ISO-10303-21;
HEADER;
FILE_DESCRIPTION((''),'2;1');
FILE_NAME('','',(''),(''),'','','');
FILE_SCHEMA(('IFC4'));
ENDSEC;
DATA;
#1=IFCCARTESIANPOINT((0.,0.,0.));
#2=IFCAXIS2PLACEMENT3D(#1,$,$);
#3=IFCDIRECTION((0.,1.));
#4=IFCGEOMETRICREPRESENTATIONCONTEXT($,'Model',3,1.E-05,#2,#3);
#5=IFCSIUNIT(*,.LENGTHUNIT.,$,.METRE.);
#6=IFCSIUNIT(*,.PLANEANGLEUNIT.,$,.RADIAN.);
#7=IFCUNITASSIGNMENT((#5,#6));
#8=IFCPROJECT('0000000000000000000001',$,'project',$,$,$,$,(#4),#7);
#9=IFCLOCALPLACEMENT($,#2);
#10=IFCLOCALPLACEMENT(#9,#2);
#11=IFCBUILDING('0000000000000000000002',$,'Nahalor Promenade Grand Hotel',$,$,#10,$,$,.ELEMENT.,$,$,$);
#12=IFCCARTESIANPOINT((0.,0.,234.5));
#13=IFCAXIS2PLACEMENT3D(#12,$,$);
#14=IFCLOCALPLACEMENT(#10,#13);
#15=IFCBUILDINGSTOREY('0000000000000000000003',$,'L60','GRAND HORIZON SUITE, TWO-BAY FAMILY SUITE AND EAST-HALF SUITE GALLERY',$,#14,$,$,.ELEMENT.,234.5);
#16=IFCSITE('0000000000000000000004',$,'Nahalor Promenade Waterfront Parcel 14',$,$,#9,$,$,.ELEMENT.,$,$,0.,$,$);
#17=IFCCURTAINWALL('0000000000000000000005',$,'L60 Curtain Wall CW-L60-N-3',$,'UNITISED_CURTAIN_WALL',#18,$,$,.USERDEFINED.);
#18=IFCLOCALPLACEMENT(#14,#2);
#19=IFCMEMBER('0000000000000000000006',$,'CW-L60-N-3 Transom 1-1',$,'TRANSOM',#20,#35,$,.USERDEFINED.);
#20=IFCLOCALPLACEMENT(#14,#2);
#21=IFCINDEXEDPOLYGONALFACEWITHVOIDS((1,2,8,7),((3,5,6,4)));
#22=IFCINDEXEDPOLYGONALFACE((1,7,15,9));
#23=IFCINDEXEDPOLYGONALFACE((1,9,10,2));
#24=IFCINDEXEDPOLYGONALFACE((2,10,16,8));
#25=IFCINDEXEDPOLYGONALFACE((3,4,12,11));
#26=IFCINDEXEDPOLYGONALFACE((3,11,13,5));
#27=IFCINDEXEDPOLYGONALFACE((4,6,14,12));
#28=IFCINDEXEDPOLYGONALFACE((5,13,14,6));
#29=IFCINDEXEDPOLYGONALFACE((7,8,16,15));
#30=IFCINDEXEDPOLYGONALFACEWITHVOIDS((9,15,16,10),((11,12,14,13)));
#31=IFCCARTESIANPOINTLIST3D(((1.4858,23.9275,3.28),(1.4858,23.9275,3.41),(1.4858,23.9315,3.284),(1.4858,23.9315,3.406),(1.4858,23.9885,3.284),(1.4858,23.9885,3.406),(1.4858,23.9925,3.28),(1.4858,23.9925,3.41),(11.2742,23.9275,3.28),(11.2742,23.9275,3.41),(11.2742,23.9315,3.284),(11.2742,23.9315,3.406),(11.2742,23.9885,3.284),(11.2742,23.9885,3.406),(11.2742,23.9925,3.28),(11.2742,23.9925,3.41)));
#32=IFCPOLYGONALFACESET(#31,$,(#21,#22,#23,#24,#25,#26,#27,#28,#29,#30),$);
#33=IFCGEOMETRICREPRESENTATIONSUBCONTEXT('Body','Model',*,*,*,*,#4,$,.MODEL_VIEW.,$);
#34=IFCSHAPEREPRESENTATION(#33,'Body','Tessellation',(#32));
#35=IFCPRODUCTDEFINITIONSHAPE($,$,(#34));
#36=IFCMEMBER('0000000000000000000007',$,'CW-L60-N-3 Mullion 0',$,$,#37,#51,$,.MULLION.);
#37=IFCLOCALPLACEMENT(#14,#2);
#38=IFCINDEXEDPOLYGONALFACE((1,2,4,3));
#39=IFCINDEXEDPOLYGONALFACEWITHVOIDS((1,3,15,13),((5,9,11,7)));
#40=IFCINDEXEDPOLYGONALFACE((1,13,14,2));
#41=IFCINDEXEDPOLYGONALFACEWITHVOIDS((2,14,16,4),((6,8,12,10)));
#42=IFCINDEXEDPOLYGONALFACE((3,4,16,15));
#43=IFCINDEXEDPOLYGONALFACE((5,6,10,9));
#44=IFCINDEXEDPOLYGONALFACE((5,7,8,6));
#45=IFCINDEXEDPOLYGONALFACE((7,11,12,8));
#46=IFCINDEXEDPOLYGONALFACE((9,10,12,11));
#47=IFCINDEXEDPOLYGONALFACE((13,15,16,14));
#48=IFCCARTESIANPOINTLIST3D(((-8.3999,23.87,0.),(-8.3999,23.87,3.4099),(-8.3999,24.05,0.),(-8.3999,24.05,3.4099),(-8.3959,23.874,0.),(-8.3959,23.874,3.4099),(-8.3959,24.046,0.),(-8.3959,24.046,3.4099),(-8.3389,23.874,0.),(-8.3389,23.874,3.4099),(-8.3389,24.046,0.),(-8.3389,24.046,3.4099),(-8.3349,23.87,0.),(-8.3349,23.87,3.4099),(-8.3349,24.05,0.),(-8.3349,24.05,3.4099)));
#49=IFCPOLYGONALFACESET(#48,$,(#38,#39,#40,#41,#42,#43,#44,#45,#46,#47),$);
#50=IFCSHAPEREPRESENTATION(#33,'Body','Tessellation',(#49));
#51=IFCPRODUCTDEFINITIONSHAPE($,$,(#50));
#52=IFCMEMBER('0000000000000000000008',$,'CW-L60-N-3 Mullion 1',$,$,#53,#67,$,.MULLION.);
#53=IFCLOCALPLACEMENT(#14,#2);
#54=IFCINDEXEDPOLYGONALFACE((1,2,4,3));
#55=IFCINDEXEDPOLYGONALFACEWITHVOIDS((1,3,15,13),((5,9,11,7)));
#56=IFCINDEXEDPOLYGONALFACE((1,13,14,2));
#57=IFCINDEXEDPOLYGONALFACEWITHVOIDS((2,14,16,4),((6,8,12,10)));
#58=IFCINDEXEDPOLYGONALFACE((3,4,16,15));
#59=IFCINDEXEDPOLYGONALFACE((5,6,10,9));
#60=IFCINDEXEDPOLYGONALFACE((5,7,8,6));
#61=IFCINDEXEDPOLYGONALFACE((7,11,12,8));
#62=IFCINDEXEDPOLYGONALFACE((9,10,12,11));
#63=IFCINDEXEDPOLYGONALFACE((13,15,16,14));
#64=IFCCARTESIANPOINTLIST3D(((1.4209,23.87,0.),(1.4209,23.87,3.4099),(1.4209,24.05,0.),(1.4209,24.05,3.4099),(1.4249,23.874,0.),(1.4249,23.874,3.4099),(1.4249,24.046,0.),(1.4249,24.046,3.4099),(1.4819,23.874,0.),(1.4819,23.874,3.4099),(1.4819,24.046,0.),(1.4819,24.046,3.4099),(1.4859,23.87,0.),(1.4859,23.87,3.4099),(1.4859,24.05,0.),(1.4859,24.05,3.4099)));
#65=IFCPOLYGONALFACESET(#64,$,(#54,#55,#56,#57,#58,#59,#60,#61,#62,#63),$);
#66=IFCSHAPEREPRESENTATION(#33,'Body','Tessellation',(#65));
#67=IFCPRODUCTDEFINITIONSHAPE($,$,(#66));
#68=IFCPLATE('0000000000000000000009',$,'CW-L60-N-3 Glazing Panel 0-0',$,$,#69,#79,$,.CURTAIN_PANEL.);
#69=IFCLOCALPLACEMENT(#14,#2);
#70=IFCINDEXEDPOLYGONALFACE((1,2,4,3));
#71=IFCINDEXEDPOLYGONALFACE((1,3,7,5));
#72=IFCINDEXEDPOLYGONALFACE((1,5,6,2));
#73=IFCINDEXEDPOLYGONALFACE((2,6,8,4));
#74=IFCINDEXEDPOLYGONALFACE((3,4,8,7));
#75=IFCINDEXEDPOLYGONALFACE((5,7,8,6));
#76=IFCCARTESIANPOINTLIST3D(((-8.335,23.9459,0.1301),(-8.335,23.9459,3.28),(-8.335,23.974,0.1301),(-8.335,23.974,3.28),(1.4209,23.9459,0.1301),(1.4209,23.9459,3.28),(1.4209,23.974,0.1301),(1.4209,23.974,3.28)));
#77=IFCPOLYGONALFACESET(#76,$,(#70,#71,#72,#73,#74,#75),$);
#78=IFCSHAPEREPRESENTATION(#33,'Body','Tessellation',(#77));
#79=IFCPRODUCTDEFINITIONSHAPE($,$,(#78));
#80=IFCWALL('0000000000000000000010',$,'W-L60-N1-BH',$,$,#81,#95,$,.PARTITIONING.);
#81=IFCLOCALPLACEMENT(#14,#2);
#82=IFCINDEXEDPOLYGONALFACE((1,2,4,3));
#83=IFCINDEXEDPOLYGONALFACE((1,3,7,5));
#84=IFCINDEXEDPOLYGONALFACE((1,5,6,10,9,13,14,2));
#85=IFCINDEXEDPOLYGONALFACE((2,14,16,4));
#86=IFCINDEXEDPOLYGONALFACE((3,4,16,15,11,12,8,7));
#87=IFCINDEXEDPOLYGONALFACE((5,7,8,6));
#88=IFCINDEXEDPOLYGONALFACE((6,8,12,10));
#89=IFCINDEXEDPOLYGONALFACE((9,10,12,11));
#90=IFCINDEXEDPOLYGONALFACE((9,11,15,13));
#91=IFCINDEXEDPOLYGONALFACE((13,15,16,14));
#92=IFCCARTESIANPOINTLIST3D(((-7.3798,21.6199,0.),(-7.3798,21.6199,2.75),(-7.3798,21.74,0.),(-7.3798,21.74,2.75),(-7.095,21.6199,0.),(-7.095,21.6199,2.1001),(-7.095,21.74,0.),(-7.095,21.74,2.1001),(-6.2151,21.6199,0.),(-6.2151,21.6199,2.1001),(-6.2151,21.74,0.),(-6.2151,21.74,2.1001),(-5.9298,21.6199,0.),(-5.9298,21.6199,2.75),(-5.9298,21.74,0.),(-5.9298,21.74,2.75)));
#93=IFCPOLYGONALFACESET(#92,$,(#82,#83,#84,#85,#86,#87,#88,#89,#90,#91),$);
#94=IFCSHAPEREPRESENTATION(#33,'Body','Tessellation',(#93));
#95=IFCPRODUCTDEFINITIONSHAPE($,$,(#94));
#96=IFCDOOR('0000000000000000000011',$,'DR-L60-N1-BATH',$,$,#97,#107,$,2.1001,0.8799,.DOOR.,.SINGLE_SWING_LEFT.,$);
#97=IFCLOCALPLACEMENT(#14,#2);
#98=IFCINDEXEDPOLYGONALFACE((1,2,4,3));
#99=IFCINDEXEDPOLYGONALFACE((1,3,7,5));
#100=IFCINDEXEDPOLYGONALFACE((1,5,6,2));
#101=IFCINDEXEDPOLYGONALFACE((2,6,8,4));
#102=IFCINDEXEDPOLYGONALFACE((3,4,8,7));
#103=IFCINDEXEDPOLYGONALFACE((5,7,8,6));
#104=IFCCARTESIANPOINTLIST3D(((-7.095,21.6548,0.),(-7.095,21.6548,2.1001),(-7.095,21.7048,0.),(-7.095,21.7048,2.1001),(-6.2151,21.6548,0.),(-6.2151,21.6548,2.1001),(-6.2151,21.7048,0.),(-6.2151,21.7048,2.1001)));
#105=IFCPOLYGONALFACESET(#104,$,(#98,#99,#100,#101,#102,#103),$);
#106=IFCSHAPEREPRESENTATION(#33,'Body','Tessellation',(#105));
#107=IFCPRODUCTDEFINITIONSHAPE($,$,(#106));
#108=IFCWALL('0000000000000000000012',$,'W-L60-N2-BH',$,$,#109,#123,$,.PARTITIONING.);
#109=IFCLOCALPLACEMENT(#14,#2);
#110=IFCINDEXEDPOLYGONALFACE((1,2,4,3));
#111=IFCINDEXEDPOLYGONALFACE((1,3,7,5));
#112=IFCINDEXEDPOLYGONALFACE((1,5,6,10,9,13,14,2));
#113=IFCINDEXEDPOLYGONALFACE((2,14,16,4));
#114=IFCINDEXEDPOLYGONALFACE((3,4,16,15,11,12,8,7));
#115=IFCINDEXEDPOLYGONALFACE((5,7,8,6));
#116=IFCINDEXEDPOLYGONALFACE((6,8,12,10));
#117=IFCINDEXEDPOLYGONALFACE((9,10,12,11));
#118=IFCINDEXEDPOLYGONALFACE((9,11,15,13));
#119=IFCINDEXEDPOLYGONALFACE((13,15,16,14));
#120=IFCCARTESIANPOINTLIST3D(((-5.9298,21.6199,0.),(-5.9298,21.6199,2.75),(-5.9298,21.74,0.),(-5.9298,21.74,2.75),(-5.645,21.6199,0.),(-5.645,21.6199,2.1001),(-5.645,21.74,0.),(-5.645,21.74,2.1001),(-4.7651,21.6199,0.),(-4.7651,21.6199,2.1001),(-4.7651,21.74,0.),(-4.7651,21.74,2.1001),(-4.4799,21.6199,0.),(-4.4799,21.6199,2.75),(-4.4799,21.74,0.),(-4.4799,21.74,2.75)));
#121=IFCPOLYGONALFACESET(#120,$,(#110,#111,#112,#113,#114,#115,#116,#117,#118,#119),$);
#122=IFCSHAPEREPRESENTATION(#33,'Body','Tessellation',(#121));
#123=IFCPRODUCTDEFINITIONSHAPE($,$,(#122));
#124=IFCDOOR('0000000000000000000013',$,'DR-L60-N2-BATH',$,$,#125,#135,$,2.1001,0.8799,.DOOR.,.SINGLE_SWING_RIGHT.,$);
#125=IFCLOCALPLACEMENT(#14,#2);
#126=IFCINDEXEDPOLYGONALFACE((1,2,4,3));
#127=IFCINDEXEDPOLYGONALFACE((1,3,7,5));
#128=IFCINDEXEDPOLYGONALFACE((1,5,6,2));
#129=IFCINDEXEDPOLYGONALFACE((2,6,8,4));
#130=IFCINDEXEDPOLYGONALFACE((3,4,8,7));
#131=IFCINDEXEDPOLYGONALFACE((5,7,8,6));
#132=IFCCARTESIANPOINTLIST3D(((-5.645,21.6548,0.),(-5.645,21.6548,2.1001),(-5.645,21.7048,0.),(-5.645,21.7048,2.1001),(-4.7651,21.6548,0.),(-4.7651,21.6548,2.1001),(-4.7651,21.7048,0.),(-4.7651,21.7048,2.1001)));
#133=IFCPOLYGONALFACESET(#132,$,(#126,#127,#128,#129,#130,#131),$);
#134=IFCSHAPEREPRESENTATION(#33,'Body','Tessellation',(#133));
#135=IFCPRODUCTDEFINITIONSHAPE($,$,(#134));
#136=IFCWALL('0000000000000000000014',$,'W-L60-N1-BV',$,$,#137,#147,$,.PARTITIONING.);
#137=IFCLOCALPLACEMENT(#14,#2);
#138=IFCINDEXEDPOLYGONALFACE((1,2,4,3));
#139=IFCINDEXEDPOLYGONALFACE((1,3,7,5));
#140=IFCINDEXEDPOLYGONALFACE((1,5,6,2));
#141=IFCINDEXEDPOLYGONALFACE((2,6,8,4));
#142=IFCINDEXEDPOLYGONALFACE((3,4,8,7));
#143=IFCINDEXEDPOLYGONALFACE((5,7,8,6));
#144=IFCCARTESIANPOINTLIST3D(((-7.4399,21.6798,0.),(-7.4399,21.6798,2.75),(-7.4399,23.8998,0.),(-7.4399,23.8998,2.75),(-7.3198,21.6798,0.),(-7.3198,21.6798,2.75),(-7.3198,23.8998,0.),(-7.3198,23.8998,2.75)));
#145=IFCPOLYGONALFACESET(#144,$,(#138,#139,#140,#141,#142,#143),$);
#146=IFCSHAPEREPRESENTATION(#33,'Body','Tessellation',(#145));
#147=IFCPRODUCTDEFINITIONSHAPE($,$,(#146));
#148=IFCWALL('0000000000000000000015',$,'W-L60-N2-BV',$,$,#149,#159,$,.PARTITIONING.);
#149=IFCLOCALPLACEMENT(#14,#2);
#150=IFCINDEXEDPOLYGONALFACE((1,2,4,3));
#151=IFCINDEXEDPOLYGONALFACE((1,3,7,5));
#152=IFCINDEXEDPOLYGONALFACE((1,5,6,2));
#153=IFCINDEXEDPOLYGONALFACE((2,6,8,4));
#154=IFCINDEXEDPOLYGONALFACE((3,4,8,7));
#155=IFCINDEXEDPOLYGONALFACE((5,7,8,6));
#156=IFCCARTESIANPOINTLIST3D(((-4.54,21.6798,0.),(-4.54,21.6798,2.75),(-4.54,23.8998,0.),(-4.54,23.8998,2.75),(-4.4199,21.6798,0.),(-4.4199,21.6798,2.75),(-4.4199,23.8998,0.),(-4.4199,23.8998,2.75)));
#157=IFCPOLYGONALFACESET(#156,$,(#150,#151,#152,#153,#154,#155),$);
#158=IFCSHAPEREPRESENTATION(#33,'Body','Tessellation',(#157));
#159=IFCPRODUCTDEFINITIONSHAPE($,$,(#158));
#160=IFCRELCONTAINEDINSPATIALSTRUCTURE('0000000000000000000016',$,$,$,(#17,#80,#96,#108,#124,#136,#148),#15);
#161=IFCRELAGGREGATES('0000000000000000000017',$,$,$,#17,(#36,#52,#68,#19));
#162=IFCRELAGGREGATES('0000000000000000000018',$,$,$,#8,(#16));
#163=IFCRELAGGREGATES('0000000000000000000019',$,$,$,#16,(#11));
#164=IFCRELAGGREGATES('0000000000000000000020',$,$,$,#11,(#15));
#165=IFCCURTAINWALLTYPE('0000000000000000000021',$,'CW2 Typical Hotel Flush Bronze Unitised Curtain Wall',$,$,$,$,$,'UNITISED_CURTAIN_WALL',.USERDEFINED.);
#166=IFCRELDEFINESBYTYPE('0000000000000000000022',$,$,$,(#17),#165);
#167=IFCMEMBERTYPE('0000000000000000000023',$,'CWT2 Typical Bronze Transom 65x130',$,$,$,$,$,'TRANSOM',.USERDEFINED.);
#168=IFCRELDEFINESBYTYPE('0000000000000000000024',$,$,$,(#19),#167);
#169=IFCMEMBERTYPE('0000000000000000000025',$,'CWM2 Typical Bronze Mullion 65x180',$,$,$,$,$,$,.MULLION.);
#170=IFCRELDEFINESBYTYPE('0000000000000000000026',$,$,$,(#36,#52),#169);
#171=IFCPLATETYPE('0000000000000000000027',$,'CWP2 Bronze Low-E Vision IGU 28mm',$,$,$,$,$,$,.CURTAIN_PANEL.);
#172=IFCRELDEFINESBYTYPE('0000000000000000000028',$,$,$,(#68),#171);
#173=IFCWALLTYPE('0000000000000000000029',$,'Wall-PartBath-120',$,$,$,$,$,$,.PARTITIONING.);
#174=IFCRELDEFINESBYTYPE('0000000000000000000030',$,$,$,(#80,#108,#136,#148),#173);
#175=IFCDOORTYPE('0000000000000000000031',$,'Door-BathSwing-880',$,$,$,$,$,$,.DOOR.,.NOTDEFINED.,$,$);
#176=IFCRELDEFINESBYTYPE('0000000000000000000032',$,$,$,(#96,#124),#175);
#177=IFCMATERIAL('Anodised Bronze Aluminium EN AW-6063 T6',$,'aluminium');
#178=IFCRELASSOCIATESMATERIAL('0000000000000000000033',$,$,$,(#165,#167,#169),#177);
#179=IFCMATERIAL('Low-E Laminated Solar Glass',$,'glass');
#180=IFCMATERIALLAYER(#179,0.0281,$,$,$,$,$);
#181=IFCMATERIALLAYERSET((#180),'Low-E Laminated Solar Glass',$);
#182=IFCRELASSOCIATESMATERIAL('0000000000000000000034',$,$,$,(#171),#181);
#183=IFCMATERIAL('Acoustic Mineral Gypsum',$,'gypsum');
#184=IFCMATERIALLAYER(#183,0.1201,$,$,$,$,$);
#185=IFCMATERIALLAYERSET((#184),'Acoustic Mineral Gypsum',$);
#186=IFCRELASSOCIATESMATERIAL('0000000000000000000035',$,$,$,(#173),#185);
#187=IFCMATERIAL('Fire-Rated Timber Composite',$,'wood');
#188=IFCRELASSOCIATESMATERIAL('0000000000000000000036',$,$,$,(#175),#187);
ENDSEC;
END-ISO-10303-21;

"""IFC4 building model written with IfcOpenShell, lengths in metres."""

from ifc_helpers import new_model, si_unit, direction, frame, frame_2d, origin, origin_2d, place, context, subcontext, project, spatial, rectangle, hollow_rectangle, extrude, source, transform, mapped, material, layer, layer_set, material_profile, profile_set, type_object, element, fill, aggregate, save


model = new_model("IFC4")

# Units and contexts
model_context = context("Model", 3, precision=1e-05, world=origin(), true_north=direction((0.0, 1.0)))
body_context = subcontext(model_context, "Body", "Model", "MODEL_VIEW")
ifc_project = project(units=[si_unit("LENGTHUNIT", "METRE"), si_unit("PLANEANGLEUNIT", "RADIAN")], contexts=[model_context])

# Site, building, storey
site_placement = place(None, origin())
site = spatial("IfcSite", under=ifc_project, at=site_placement, Name="Nahalor Promenade Waterfront Parcel 14", CompositionType="ELEMENT", RefElevation=0.0)
building_placement = place(site_placement, origin())
building = spatial("IfcBuilding", under=site, at=building_placement, Name="Nahalor Promenade Grand Hotel", CompositionType="ELEMENT")
storey_placement = place(building_placement, frame((0.0, 0.0, 234.5)))
storey = spatial("IfcBuildingStorey", under=building, at=storey_placement, Name="L60", Description="GRAND HORIZON SUITE, TWO-BAY FAMILY SUITE AND EAST-HALF SUITE GALLERY", CompositionType="ELEMENT", Elevation=234.5)

# Curtain wall, members, plate
ifc_material_1 = material(Name="Anodised Bronze Aluminium EN AW-6063 T6", Category="aluminium")
curtain_wall_type = type_object("IfcCurtainWallType", Name="CW2 Typical Hotel Flush Bronze Unitised Curtain Wall", ElementType="UNITISED_CURTAIN_WALL", PredefinedType="USERDEFINED", material=ifc_material_1)
curtain_wall_placement = place(storey_placement, origin())
curtain_wall = element("IfcCurtainWall", 1, at=curtain_wall_placement, inside=storey, type_object=curtain_wall_type, Name="L60 Curtain Wall CW-L60-N-3", ObjectType="UNITISED_CURTAIN_WALL", PredefinedType="USERDEFINED")
ifc_material_profile_1 = material_profile(ifc_material_1, hollow_rectangle(XDim=0.065, YDim=0.13, WallThickness=0.004, at=origin_2d()), Name="CWT 65x130x4")
ifc_profile_set_1 = profile_set([ifc_material_profile_1], Name="Anodised Bronze Aluminium EN AW-6063 T6")
member_type_1 = type_object("IfcMemberType", Name="CWT2 Typical Bronze Transom 65x130", ElementType="TRANSOM", PredefinedType="USERDEFINED", material=ifc_profile_set_1)
shared_shape_1 = source(origin(), body_context, "Body", "SweptSolid", [
    extrude(hollow_rectangle(XDim=0.065, YDim=0.13, WallThickness=0.004, at=origin_2d()), origin(), (0.0, 0.0, 1.0), 9.7883),
])
member_1_placement = place(storey_placement, frame((1.4858, 23.96, 3.345), z_axis=(1.0, 0.0, 0.0), x_axis=(0.0, 1.0, 0.0)))
member_1 = element("IfcMember", 2, at=member_1_placement, type_object=member_type_1, Name="CW-L60-N-3 Transom 1-1", ObjectType="TRANSOM", PredefinedType="USERDEFINED", context=body_context, shape_type="MappedRepresentation", body=[
    mapped(shared_shape_1, transform((0.0, 0.0, 0.0), scale=1.0)),
])
ifc_material_profile_2 = material_profile(ifc_material_1, hollow_rectangle(XDim=0.065, YDim=0.18, WallThickness=0.004, at=origin_2d()), Name="CWM 65x180x4")
ifc_profile_set_2 = profile_set([ifc_material_profile_2], Name="Anodised Bronze Aluminium EN AW-6063 T6")
member_type_2 = type_object("IfcMemberType", Name="CWM2 Typical Bronze Mullion 65x180", PredefinedType="MULLION", material=ifc_profile_set_2)
shared_shape_2 = source(origin(), body_context, "Body", "SweptSolid", [
    extrude(hollow_rectangle(XDim=0.065, YDim=0.18, WallThickness=0.004, at=origin_2d()), origin(), (0.0, 0.0, 1.0), 3.4099),
])
member_2_placement = place(storey_placement, frame((-8.3674, 23.96, 0.0), z_axis=(0.0, 0.0, 1.0), x_axis=(1.0, 0.0, 0.0)))
member_2 = element("IfcMember", 3, at=member_2_placement, type_object=member_type_2, Name="CW-L60-N-3 Mullion 0", PredefinedType="MULLION", context=body_context, shape_type="MappedRepresentation", body=[
    mapped(shared_shape_2, transform((0.0, 0.0, 0.0), scale=1.0)),
])
member_3_placement = place(storey_placement, frame((1.4534, 23.96, 0.0), z_axis=(0.0, 0.0, 1.0), x_axis=(1.0, 0.0, 0.0)))
member_3 = element("IfcMember", 4, at=member_3_placement, type_object=member_type_2, Name="CW-L60-N-3 Mullion 1", PredefinedType="MULLION", context=body_context, shape_type="MappedRepresentation", body=[
    mapped(shared_shape_2, transform((0.0, 0.0, 0.0), scale=1.0)),
])
ifc_material_2 = material(Name="Low-E Laminated Solar Glass", Category="glass")
ifc_layer_1 = layer(ifc_material_2, 0.0281)
ifc_layer_set_1 = layer_set([ifc_layer_1], Name="Low-E Laminated Solar Glass")
plate_type = type_object("IfcPlateType", Name="CWP2 Bronze Low-E Vision IGU 28mm", PredefinedType="CURTAIN_PANEL", material=ifc_layer_set_1)
shared_shape_3 = source(origin(), body_context, "Body", "SweptSolid", [
    extrude(rectangle(XDim=9.7559, YDim=0.0281, at=origin_2d()), origin(), (0.0, 0.0, 1.0), 3.1499),
])
plate_placement = place(storey_placement, frame((-3.457, 23.96, 0.1301), z_axis=(0.0, 0.0, 1.0), x_axis=(1.0, 0.0, 0.0)))
plate = element("IfcPlate", 5, at=plate_placement, type_object=plate_type, Name="CW-L60-N-3 Glazing Panel 0-0", PredefinedType="CURTAIN_PANEL", context=body_context, shape_type="MappedRepresentation", body=[
    mapped(shared_shape_3, transform((0.0, 0.0, 0.0), scale=1.0)),
])
aggregate(curtain_wall, [member_2, member_3, plate, member_1])

# Walls, openings, doors
ifc_material_3 = material(Name="Acoustic Mineral Gypsum", Category="gypsum")
ifc_layer_2 = layer(ifc_material_3, 0.1201)
ifc_layer_set_2 = layer_set([ifc_layer_2], Name="Acoustic Mineral Gypsum")
wall_type = type_object("IfcWallType", Name="Wall-PartBath-120", PredefinedType="PARTITIONING", material=ifc_layer_set_2)
shared_shape_4 = source(origin(), body_context, "Body", "SweptSolid", [
    extrude(rectangle(XDim=1.45, YDim=0.1201, at=frame_2d((0.7251, 0.0))), origin(), (0.0, 0.0, 1.0), 2.75),
])
wall_1_placement = place(storey_placement, frame((-7.3799, 21.6799, 0.0), z_axis=(0.0, 0.0, 1.0), x_axis=(1.0, 0.0, 0.0)))
wall_1 = element("IfcWall", 6, at=wall_1_placement, inside=storey, type_object=wall_type, Name="W-L60-N1-BH", PredefinedType="PARTITIONING", context=body_context, shape_type="MappedRepresentation", body=[
    mapped(shared_shape_4, transform((0.0, 0.0, 0.0), scale=1.0)),
])
opening_1_placement = place(wall_1_placement, frame((0.2849, 0.0, 0.0)))
opening_1 = element("IfcOpeningElement", 7, at=opening_1_placement, cuts=wall_1, PredefinedType="OPENING", context=body_context, shape_type="SweptSolid", body=[
    extrude(rectangle(XDim=0.8799, YDim=2.1001, at=frame_2d((0.4399, 1.05))), frame((0.0, 0.0701, 0.0), z_axis=(0.0, -1.0, 0.0), x_axis=(1.0, 0.0, 0.0)), (0.0, 0.0, 1.0), 0.1401),
])
ifc_material_4 = material(Name="Fire-Rated Timber Composite", Category="wood")
door_type = type_object("IfcDoorType", Name="Door-BathSwing-880", OperationType="NOTDEFINED", PredefinedType="DOOR", material=ifc_material_4)
shared_shape_5 = source(origin(), body_context, "Body", "SweptSolid", [
    extrude(rectangle(XDim=0.8799, YDim=2.1001, at=frame_2d((0.4399, 1.05))), frame((0.0, 0.0249, 0.0), z_axis=(0.0, -1.0, 0.0), x_axis=(1.0, 0.0, 0.0)), (0.0, 0.0, 1.0), 0.05),
])
door_1_placement = place(opening_1_placement, origin())
door_1 = element("IfcDoor", 8, at=door_1_placement, inside=storey, type_object=door_type, Name="DR-L60-N1-BATH", OperationType="SINGLE_SWING_LEFT", OverallHeight=2.1001, OverallWidth=0.8799, PredefinedType="DOOR", context=body_context, shape_type="MappedRepresentation", body=[
    mapped(shared_shape_5, transform((0.0, 0.0, 0.0), scale=1.0)),
])
fill(opening_1, door_1)
wall_2_placement = place(storey_placement, frame((-5.9299, 21.6799, 0.0), z_axis=(0.0, 0.0, 1.0), x_axis=(1.0, 0.0, 0.0)))
wall_2 = element("IfcWall", 9, at=wall_2_placement, inside=storey, type_object=wall_type, Name="W-L60-N2-BH", PredefinedType="PARTITIONING", context=body_context, shape_type="MappedRepresentation", body=[
    mapped(shared_shape_4, transform((0.0, 0.0, 0.0), scale=1.0)),
])
opening_2_placement = place(wall_2_placement, frame((0.2849, 0.0, 0.0)))
opening_2 = element("IfcOpeningElement", 10, at=opening_2_placement, cuts=wall_2, PredefinedType="OPENING", context=body_context, shape_type="SweptSolid", body=[
    extrude(rectangle(XDim=0.8799, YDim=2.1001, at=frame_2d((0.4399, 1.05))), frame((0.0, 0.0701, 0.0), z_axis=(0.0, -1.0, 0.0), x_axis=(1.0, 0.0, 0.0)), (0.0, 0.0, 1.0), 0.1401),
])
door_2_placement = place(opening_2_placement, origin())
door_2 = element("IfcDoor", 11, at=door_2_placement, inside=storey, type_object=door_type, Name="DR-L60-N2-BATH", OperationType="SINGLE_SWING_RIGHT", OverallHeight=2.1001, OverallWidth=0.8799, PredefinedType="DOOR", context=body_context, shape_type="MappedRepresentation", body=[
    mapped(shared_shape_5, transform((0.0, 0.0, 0.0), scale=1.0)),
])
fill(opening_2, door_2)

# Walls
shared_shape_6 = source(origin(), body_context, "Body", "SweptSolid", [
    extrude(rectangle(XDim=2.22, YDim=0.1201, at=frame_2d((1.1099, 0.0))), origin(), (0.0, 0.0, 1.0), 2.75),
])
for number, where, z_axis, x_axis, name in (
    (12, (-7.3799, 21.6799, 0.0), (0.0, 0.0, 1.0), (0.0, 1.0, 0.0), "W-L60-N1-BV"),
    (13, (-4.48, 21.6799, 0.0), (0.0, 0.0, 1.0), (0.0, 1.0, 0.0), "W-L60-N2-BV"),
):
    element("IfcWall", number, at=place(storey_placement, frame(where, z_axis=z_axis, x_axis=x_axis)), inside=storey, type_object=wall_type, Name=name, PredefinedType="PARTITIONING", context=body_context, shape_type="MappedRepresentation", body=[
        mapped(shared_shape_6, transform((0.0, 0.0, 0.0), scale=1.0)),
    ])

save(model, "model.ifc")
